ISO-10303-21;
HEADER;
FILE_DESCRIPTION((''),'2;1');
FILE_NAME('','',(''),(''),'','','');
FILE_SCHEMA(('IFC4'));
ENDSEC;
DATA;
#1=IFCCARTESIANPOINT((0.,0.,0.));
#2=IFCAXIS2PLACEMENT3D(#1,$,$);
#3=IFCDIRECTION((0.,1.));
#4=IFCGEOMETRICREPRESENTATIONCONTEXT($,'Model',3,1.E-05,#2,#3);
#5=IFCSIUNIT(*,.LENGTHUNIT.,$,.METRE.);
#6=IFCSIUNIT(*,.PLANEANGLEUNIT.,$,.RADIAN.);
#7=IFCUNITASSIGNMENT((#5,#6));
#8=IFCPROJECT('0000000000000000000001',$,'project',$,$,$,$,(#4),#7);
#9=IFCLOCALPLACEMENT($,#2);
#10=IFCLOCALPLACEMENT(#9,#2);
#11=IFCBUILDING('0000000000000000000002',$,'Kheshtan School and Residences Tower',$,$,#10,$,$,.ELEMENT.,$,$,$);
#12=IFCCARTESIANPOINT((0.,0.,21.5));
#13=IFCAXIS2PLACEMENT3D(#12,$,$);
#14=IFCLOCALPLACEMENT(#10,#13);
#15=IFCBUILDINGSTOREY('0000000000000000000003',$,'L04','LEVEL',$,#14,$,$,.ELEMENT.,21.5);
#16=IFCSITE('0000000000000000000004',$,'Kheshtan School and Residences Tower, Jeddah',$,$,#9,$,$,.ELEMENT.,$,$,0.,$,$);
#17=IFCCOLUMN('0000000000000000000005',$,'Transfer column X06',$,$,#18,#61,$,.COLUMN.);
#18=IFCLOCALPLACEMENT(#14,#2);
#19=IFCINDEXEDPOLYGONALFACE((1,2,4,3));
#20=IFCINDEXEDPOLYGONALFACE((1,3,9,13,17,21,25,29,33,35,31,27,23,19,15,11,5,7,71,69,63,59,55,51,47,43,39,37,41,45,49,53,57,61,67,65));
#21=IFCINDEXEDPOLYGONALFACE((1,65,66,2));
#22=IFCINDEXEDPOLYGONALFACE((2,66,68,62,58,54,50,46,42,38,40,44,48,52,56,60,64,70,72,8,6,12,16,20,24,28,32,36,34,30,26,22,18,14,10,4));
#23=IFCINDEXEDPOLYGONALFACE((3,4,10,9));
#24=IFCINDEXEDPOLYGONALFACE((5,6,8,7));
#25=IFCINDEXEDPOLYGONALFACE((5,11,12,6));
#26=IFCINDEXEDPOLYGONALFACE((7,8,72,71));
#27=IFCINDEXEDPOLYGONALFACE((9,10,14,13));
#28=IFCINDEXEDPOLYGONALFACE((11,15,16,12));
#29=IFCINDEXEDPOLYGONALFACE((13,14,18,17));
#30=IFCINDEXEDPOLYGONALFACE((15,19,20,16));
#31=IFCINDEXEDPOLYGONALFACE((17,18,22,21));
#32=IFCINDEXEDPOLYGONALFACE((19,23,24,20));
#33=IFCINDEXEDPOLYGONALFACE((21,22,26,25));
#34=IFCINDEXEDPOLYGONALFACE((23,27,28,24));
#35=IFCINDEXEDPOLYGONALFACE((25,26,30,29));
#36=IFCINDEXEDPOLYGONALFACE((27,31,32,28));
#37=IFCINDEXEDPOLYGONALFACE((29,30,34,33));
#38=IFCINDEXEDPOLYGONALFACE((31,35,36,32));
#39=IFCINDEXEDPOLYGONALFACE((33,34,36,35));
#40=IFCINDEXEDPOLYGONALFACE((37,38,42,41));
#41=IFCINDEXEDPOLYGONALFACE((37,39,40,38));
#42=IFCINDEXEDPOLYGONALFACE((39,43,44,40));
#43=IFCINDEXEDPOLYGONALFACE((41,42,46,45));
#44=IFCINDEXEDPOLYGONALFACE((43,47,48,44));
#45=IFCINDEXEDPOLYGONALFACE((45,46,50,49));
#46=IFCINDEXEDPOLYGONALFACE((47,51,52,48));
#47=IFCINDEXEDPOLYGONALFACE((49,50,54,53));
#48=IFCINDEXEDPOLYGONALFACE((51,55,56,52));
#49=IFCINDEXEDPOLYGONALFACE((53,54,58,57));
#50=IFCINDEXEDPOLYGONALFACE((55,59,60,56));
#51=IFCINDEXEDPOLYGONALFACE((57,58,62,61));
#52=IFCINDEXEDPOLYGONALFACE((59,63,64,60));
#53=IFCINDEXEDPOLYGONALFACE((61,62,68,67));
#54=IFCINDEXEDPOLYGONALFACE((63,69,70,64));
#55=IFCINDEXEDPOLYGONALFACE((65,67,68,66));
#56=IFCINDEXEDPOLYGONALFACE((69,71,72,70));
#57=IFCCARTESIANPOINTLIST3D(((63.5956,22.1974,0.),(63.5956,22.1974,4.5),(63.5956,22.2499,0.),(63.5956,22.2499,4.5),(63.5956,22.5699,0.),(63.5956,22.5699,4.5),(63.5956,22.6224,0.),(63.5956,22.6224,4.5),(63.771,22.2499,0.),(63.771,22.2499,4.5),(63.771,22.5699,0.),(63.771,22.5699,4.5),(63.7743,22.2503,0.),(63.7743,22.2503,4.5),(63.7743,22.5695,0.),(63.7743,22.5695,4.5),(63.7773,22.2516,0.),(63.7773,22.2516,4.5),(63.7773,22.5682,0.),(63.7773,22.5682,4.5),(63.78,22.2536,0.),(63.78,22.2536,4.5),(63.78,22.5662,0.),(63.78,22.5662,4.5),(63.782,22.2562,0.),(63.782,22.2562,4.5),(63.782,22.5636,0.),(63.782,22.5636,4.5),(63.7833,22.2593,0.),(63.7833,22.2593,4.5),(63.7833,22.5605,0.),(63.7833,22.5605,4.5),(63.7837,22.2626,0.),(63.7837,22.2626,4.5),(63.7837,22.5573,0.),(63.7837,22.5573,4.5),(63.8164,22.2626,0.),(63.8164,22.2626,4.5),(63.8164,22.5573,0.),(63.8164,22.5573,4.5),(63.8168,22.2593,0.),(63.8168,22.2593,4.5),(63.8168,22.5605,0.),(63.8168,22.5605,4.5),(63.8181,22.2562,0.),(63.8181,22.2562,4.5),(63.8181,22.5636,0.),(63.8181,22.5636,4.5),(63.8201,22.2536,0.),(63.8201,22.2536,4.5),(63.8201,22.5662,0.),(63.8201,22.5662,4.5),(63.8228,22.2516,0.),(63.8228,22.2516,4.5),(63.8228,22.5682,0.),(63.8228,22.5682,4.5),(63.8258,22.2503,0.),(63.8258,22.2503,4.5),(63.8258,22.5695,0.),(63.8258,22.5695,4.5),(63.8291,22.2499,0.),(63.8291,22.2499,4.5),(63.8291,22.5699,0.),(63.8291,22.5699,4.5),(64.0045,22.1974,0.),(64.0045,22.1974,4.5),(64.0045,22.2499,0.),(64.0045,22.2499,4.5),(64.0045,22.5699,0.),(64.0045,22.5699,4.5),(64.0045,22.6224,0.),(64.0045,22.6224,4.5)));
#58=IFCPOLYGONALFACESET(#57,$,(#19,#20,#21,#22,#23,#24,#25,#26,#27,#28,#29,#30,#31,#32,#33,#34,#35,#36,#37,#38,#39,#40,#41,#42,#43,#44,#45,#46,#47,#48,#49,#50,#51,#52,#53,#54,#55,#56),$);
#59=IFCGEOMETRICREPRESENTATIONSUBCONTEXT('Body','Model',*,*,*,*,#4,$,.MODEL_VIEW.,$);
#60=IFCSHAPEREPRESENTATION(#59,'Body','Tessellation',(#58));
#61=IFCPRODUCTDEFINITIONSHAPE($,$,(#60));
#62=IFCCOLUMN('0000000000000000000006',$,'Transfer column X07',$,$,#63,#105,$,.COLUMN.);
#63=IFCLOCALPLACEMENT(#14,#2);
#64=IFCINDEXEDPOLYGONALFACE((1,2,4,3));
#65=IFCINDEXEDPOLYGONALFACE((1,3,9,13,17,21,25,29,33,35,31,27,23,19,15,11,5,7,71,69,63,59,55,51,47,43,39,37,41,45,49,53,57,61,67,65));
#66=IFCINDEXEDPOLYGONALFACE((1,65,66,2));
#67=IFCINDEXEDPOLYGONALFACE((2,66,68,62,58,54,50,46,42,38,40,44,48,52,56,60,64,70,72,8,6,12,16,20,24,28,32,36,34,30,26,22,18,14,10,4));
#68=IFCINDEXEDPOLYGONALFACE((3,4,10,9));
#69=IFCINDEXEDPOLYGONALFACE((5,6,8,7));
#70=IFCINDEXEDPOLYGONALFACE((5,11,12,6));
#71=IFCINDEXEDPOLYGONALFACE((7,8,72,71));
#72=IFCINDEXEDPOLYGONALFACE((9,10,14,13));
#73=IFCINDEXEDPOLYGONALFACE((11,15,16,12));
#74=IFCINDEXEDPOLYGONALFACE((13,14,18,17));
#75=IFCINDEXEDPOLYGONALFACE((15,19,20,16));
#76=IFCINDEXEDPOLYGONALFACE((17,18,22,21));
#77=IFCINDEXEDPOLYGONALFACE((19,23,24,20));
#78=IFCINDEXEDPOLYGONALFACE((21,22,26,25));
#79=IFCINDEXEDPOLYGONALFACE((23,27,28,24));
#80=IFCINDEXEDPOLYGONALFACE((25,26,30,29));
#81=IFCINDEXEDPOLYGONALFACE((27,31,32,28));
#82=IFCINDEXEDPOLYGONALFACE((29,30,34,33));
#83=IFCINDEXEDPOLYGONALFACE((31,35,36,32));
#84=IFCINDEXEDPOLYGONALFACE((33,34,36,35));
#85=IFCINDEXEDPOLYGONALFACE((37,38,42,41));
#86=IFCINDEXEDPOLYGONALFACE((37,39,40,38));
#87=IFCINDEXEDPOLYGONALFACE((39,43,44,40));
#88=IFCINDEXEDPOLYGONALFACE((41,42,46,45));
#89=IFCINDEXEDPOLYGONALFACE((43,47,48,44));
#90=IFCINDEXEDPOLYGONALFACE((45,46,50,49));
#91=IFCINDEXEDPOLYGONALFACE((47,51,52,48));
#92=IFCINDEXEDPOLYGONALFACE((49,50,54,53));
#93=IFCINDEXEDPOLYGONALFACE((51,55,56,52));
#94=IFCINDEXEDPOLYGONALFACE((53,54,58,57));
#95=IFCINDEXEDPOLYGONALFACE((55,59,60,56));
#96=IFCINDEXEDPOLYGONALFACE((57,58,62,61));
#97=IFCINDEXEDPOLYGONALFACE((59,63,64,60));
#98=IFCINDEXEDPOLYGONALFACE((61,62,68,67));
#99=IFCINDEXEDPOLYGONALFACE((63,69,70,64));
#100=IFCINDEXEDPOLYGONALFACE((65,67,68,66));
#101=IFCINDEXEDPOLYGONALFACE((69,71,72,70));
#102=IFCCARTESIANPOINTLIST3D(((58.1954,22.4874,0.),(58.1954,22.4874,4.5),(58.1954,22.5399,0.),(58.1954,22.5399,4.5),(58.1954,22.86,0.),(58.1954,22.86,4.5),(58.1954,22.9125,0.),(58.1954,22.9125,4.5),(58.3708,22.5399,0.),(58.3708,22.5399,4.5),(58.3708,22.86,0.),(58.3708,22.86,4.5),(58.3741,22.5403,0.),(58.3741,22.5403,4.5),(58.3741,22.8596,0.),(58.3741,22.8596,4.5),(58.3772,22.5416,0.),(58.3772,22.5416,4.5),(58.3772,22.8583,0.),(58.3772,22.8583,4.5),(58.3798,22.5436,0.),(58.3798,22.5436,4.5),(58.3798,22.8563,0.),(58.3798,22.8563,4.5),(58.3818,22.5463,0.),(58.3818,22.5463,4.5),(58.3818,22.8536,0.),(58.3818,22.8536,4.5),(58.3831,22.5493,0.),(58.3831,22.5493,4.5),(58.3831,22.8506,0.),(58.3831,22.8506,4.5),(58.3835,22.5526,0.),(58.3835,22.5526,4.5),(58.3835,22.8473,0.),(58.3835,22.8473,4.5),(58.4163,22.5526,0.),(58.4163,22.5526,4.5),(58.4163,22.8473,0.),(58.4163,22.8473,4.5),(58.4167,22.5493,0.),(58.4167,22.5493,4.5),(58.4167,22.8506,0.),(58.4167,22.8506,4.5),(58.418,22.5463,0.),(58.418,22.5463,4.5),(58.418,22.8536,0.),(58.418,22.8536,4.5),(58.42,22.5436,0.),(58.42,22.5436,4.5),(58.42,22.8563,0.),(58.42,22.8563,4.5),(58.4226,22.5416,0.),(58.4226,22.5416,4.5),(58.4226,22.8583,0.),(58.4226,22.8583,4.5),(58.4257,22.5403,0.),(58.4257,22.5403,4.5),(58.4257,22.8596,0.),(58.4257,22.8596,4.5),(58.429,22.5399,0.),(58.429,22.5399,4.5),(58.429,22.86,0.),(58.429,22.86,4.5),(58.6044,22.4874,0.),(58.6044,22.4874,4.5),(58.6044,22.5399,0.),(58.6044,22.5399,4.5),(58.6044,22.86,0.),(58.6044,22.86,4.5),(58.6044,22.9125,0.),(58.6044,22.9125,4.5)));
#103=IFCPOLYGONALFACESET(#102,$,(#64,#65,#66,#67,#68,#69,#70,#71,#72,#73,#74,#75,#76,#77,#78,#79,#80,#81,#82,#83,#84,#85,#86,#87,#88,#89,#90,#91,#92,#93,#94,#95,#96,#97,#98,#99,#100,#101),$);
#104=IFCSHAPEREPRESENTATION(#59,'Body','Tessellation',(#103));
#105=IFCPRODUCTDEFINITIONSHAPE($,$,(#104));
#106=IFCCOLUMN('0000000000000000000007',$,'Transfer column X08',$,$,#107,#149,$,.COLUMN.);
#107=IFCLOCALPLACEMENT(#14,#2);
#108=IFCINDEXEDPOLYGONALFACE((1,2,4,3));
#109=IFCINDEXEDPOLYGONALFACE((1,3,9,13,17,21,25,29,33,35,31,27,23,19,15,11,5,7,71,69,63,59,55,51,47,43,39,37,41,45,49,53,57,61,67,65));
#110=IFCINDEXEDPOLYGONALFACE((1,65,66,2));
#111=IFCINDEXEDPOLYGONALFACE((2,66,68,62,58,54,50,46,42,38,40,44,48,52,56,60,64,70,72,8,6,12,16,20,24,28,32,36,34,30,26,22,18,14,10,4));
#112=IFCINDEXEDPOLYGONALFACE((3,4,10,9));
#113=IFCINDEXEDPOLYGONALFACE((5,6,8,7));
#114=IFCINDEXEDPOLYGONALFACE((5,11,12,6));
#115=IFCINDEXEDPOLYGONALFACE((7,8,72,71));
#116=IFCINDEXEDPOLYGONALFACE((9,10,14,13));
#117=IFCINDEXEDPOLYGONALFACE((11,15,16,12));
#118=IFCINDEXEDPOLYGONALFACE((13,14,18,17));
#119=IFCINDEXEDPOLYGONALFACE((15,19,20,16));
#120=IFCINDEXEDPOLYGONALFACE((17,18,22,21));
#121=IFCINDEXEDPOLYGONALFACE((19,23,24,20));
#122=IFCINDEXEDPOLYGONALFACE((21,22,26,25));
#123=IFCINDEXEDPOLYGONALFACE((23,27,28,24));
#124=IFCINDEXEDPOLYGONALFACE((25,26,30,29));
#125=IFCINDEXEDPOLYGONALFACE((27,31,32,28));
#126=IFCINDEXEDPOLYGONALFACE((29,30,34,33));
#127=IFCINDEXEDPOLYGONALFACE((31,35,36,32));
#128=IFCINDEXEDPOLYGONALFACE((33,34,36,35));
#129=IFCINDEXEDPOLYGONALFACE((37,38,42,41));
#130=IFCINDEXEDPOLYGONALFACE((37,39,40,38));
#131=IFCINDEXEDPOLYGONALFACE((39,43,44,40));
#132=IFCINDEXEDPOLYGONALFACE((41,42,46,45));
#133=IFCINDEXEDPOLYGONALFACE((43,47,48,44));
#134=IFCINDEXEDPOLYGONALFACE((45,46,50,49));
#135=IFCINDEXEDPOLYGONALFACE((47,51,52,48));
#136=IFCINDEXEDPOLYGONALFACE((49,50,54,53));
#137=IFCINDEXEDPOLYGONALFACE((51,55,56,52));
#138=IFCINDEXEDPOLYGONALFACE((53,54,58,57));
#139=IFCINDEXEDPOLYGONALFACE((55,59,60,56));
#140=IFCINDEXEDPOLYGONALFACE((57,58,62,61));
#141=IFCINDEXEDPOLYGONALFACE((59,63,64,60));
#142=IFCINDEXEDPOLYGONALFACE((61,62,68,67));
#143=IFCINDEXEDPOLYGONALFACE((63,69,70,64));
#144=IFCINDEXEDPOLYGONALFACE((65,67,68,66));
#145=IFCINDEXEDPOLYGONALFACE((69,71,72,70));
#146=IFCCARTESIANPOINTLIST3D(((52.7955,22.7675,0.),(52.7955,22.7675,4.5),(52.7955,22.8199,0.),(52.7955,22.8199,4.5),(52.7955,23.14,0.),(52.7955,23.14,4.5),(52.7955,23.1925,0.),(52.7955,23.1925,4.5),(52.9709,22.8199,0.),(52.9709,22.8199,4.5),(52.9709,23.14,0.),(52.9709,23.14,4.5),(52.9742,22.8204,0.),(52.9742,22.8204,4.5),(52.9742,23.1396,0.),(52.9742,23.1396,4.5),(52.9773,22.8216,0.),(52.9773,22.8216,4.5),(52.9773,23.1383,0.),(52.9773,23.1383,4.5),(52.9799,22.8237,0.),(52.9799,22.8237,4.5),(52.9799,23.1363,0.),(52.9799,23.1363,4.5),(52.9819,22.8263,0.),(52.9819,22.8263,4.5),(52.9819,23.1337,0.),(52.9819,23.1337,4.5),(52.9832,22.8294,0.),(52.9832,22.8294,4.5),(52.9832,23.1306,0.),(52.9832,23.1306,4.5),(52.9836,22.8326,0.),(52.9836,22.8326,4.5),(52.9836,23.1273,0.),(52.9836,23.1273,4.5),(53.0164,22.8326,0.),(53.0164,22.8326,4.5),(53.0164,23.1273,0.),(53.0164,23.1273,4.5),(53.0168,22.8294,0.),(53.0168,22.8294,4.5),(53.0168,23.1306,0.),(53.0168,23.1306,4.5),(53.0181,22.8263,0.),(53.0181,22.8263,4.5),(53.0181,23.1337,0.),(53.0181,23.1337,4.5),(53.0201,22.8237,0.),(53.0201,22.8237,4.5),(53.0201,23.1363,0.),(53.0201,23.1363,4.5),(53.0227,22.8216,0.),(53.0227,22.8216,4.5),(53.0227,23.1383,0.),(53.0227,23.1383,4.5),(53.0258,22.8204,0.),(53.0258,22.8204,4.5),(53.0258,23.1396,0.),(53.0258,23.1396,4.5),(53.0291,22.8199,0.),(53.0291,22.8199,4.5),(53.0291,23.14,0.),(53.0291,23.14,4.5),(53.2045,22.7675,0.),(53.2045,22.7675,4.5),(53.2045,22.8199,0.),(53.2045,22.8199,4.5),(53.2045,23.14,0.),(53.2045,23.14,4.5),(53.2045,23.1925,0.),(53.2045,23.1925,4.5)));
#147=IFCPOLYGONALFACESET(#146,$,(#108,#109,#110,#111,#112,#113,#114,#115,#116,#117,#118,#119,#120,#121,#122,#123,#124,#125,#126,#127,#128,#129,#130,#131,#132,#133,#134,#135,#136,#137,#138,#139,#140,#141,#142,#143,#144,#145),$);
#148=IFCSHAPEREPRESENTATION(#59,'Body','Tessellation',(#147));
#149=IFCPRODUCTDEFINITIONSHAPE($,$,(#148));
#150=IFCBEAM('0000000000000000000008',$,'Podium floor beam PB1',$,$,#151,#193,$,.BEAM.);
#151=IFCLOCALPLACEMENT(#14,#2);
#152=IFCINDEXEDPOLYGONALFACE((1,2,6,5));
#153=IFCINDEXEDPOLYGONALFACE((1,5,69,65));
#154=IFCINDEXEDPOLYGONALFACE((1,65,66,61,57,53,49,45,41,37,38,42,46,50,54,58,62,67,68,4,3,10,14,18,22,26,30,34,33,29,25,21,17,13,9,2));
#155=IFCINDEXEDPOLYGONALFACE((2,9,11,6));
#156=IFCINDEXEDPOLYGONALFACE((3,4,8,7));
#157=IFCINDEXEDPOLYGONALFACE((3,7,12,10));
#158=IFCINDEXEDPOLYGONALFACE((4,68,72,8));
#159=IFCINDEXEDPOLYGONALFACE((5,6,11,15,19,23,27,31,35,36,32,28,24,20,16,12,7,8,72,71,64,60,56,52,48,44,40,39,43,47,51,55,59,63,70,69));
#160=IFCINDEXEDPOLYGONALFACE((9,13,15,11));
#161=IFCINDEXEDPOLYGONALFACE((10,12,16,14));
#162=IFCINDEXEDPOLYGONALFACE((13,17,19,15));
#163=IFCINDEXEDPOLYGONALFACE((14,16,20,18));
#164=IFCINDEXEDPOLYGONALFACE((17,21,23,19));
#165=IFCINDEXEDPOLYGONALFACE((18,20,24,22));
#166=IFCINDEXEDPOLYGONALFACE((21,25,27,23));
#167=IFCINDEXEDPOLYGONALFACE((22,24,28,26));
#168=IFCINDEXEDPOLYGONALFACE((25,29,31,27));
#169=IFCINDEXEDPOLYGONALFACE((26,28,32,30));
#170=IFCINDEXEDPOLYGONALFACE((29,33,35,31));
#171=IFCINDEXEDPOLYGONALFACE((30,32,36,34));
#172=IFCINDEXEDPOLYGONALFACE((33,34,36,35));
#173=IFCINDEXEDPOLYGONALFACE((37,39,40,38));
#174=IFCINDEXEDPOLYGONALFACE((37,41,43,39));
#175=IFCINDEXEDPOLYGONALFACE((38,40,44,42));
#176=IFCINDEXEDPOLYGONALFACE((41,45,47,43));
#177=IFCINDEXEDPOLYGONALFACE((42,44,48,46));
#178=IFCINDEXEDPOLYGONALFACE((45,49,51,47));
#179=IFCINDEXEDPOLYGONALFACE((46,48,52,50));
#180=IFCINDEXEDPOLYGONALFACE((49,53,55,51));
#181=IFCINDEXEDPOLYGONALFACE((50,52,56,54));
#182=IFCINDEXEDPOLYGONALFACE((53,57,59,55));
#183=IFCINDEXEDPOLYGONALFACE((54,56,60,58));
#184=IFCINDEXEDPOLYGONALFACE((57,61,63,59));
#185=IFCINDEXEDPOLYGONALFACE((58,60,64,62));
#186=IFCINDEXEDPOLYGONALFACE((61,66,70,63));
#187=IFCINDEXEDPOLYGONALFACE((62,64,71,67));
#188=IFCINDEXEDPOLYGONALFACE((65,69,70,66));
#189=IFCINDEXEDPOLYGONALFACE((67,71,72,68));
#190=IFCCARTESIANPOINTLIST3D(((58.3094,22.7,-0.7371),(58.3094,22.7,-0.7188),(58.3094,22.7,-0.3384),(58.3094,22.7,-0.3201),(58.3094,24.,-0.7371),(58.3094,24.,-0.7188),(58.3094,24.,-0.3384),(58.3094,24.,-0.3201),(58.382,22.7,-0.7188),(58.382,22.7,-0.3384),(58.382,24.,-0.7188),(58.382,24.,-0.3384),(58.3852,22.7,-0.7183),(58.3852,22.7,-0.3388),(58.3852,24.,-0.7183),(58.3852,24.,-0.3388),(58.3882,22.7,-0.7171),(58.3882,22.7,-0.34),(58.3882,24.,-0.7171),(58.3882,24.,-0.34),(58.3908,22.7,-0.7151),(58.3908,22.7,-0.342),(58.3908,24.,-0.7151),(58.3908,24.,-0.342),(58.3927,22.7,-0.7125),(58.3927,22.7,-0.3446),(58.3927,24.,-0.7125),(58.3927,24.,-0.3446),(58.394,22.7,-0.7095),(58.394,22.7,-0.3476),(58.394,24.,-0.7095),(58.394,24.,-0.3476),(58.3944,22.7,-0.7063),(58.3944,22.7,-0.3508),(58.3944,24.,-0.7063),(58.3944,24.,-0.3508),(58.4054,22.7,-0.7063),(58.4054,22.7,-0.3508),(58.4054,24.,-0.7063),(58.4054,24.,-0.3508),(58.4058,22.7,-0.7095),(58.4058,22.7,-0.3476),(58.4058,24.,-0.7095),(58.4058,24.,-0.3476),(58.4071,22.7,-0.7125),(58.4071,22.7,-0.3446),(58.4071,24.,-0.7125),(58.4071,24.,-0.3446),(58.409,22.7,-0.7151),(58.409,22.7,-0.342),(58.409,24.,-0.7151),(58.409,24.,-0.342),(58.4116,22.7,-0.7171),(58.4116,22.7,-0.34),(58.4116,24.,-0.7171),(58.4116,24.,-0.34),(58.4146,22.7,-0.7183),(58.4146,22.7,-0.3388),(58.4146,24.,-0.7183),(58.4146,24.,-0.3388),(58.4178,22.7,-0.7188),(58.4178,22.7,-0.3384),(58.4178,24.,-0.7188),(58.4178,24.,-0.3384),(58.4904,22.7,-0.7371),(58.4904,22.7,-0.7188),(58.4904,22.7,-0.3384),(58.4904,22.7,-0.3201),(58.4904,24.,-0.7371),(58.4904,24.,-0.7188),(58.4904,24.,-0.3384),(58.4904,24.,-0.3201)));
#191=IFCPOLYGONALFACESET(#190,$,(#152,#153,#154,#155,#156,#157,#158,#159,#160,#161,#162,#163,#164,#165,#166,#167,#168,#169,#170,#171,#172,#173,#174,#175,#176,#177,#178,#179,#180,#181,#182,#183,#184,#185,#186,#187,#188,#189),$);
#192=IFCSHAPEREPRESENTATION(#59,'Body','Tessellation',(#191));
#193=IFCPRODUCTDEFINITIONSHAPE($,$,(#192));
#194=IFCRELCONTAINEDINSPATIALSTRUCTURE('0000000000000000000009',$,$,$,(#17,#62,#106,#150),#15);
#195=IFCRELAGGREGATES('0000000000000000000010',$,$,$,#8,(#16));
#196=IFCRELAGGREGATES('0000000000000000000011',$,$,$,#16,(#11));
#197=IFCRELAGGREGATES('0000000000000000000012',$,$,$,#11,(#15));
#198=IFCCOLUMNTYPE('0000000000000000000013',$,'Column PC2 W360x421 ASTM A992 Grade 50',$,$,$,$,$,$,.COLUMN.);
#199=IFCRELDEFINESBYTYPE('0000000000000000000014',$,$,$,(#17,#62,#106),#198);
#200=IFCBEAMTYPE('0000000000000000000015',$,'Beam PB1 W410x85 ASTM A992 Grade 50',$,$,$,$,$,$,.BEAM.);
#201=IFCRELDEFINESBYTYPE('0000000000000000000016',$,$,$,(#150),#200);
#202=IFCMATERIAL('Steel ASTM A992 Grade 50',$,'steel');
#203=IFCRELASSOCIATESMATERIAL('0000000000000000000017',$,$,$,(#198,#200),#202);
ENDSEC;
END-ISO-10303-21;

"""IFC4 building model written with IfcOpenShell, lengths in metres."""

from ifc_helpers import new_model, si_unit, direction, frame, origin, origin_2d, place, context, subcontext, project, spatial, i_section, extrude, material, material_profile, profile_set, type_object, element, save


model = new_model("IFC4")

# Units and contexts
model_context = context("Model", 3, precision=1e-05, world=origin(), true_north=direction((0.0, 1.0)))
body_context = subcontext(model_context, "Body", "Model", "MODEL_VIEW")
ifc_project = project(units=[si_unit("LENGTHUNIT", "METRE"), si_unit("PLANEANGLEUNIT", "RADIAN")], contexts=[model_context])

# Site, building, storey
site_placement = place(None, origin())
site = spatial("IfcSite", under=ifc_project, at=site_placement, Name="Kheshtan School and Residences Tower, Jeddah", CompositionType="ELEMENT", RefElevation=0.0)
building_placement = place(site_placement, origin())
building = spatial("IfcBuilding", under=site, at=building_placement, Name="Kheshtan School and Residences Tower", CompositionType="ELEMENT")
storey_placement = place(building_placement, frame((0.0, 0.0, 21.5)))
storey = spatial("IfcBuildingStorey", under=building, at=storey_placement, Name="L04", Description="LEVEL", CompositionType="ELEMENT", Elevation=21.5)

# Columns
ifc_material_1 = material(Name="Steel ASTM A992 Grade 50", Category="steel")
ifc_material_profile_1 = material_profile(ifc_material_1, i_section(OverallWidth=0.4089, OverallDepth=0.425, WebThickness=0.0327, FlangeThickness=0.0525, FilletRadius=0.0127, at=origin_2d()), Name="W360x421")
ifc_profile_set_1 = profile_set([ifc_material_profile_1], Name="Steel ASTM A992 Grade 50")
column_type = type_object("IfcColumnType", Name="Column PC2 W360x421 ASTM A992 Grade 50", PredefinedType="COLUMN", material=ifc_profile_set_1)
for number, where, z_axis, x_axis, name in (
    (1, (63.8, 22.4099, 0.0), (0.0, 0.0, 1.0), (1.0, 0.0, 0.0), "Transfer column X06"),
    (2, (58.3999, 22.7, 0.0), (0.0, 0.0, 1.0), (1.0, 0.0, 0.0), "Transfer column X07"),
    (3, (53.0, 22.98, 0.0), (0.0, 0.0, 1.0), (1.0, 0.0, 0.0), "Transfer column X08"),
):
    element("IfcColumn", number, at=place(storey_placement, frame(where, z_axis=z_axis, x_axis=x_axis)), inside=storey, type_object=column_type, Name=name, PredefinedType="COLUMN", context=body_context, shape_type="SweptSolid", body=[
        extrude(i_section(OverallWidth=0.4089, OverallDepth=0.425, WebThickness=0.0327, FlangeThickness=0.0525, FilletRadius=0.0127, at=origin_2d()), origin(), (0.0, 0.0, 1.0), 4.5),
    ])

# Beam
ifc_material_profile_2 = material_profile(ifc_material_1, i_section(OverallWidth=0.1809, OverallDepth=0.417, WebThickness=0.011, FlangeThickness=0.0183, FilletRadius=0.0125, at=origin_2d()), Name="W410x85")
ifc_profile_set_2 = profile_set([ifc_material_profile_2], Name="Steel ASTM A992 Grade 50")
beam_type_1 = type_object("IfcBeamType", Name="Beam PB1 W410x85 ASTM A992 Grade 50", PredefinedType="BEAM", material=ifc_profile_set_2)
beam_1_placement = place(storey_placement, frame((58.3999, 22.7, -0.5286), z_axis=(0.0, 1.0, 0.0), x_axis=(-1.0, 0.0, 0.0)))
element("IfcBeam", 4, at=beam_1_placement, inside=storey, type_object=beam_type_1, Name="Podium floor beam PB1", PredefinedType="BEAM", context=body_context, shape_type="SweptSolid", body=[
    extrude(i_section(OverallWidth=0.1809, OverallDepth=0.417, WebThickness=0.011, FlangeThickness=0.0183, FilletRadius=0.0125, at=origin_2d()), origin(), (0.0, 0.0, 1.0), 1.3),
])

save(model, "model.ifc")
